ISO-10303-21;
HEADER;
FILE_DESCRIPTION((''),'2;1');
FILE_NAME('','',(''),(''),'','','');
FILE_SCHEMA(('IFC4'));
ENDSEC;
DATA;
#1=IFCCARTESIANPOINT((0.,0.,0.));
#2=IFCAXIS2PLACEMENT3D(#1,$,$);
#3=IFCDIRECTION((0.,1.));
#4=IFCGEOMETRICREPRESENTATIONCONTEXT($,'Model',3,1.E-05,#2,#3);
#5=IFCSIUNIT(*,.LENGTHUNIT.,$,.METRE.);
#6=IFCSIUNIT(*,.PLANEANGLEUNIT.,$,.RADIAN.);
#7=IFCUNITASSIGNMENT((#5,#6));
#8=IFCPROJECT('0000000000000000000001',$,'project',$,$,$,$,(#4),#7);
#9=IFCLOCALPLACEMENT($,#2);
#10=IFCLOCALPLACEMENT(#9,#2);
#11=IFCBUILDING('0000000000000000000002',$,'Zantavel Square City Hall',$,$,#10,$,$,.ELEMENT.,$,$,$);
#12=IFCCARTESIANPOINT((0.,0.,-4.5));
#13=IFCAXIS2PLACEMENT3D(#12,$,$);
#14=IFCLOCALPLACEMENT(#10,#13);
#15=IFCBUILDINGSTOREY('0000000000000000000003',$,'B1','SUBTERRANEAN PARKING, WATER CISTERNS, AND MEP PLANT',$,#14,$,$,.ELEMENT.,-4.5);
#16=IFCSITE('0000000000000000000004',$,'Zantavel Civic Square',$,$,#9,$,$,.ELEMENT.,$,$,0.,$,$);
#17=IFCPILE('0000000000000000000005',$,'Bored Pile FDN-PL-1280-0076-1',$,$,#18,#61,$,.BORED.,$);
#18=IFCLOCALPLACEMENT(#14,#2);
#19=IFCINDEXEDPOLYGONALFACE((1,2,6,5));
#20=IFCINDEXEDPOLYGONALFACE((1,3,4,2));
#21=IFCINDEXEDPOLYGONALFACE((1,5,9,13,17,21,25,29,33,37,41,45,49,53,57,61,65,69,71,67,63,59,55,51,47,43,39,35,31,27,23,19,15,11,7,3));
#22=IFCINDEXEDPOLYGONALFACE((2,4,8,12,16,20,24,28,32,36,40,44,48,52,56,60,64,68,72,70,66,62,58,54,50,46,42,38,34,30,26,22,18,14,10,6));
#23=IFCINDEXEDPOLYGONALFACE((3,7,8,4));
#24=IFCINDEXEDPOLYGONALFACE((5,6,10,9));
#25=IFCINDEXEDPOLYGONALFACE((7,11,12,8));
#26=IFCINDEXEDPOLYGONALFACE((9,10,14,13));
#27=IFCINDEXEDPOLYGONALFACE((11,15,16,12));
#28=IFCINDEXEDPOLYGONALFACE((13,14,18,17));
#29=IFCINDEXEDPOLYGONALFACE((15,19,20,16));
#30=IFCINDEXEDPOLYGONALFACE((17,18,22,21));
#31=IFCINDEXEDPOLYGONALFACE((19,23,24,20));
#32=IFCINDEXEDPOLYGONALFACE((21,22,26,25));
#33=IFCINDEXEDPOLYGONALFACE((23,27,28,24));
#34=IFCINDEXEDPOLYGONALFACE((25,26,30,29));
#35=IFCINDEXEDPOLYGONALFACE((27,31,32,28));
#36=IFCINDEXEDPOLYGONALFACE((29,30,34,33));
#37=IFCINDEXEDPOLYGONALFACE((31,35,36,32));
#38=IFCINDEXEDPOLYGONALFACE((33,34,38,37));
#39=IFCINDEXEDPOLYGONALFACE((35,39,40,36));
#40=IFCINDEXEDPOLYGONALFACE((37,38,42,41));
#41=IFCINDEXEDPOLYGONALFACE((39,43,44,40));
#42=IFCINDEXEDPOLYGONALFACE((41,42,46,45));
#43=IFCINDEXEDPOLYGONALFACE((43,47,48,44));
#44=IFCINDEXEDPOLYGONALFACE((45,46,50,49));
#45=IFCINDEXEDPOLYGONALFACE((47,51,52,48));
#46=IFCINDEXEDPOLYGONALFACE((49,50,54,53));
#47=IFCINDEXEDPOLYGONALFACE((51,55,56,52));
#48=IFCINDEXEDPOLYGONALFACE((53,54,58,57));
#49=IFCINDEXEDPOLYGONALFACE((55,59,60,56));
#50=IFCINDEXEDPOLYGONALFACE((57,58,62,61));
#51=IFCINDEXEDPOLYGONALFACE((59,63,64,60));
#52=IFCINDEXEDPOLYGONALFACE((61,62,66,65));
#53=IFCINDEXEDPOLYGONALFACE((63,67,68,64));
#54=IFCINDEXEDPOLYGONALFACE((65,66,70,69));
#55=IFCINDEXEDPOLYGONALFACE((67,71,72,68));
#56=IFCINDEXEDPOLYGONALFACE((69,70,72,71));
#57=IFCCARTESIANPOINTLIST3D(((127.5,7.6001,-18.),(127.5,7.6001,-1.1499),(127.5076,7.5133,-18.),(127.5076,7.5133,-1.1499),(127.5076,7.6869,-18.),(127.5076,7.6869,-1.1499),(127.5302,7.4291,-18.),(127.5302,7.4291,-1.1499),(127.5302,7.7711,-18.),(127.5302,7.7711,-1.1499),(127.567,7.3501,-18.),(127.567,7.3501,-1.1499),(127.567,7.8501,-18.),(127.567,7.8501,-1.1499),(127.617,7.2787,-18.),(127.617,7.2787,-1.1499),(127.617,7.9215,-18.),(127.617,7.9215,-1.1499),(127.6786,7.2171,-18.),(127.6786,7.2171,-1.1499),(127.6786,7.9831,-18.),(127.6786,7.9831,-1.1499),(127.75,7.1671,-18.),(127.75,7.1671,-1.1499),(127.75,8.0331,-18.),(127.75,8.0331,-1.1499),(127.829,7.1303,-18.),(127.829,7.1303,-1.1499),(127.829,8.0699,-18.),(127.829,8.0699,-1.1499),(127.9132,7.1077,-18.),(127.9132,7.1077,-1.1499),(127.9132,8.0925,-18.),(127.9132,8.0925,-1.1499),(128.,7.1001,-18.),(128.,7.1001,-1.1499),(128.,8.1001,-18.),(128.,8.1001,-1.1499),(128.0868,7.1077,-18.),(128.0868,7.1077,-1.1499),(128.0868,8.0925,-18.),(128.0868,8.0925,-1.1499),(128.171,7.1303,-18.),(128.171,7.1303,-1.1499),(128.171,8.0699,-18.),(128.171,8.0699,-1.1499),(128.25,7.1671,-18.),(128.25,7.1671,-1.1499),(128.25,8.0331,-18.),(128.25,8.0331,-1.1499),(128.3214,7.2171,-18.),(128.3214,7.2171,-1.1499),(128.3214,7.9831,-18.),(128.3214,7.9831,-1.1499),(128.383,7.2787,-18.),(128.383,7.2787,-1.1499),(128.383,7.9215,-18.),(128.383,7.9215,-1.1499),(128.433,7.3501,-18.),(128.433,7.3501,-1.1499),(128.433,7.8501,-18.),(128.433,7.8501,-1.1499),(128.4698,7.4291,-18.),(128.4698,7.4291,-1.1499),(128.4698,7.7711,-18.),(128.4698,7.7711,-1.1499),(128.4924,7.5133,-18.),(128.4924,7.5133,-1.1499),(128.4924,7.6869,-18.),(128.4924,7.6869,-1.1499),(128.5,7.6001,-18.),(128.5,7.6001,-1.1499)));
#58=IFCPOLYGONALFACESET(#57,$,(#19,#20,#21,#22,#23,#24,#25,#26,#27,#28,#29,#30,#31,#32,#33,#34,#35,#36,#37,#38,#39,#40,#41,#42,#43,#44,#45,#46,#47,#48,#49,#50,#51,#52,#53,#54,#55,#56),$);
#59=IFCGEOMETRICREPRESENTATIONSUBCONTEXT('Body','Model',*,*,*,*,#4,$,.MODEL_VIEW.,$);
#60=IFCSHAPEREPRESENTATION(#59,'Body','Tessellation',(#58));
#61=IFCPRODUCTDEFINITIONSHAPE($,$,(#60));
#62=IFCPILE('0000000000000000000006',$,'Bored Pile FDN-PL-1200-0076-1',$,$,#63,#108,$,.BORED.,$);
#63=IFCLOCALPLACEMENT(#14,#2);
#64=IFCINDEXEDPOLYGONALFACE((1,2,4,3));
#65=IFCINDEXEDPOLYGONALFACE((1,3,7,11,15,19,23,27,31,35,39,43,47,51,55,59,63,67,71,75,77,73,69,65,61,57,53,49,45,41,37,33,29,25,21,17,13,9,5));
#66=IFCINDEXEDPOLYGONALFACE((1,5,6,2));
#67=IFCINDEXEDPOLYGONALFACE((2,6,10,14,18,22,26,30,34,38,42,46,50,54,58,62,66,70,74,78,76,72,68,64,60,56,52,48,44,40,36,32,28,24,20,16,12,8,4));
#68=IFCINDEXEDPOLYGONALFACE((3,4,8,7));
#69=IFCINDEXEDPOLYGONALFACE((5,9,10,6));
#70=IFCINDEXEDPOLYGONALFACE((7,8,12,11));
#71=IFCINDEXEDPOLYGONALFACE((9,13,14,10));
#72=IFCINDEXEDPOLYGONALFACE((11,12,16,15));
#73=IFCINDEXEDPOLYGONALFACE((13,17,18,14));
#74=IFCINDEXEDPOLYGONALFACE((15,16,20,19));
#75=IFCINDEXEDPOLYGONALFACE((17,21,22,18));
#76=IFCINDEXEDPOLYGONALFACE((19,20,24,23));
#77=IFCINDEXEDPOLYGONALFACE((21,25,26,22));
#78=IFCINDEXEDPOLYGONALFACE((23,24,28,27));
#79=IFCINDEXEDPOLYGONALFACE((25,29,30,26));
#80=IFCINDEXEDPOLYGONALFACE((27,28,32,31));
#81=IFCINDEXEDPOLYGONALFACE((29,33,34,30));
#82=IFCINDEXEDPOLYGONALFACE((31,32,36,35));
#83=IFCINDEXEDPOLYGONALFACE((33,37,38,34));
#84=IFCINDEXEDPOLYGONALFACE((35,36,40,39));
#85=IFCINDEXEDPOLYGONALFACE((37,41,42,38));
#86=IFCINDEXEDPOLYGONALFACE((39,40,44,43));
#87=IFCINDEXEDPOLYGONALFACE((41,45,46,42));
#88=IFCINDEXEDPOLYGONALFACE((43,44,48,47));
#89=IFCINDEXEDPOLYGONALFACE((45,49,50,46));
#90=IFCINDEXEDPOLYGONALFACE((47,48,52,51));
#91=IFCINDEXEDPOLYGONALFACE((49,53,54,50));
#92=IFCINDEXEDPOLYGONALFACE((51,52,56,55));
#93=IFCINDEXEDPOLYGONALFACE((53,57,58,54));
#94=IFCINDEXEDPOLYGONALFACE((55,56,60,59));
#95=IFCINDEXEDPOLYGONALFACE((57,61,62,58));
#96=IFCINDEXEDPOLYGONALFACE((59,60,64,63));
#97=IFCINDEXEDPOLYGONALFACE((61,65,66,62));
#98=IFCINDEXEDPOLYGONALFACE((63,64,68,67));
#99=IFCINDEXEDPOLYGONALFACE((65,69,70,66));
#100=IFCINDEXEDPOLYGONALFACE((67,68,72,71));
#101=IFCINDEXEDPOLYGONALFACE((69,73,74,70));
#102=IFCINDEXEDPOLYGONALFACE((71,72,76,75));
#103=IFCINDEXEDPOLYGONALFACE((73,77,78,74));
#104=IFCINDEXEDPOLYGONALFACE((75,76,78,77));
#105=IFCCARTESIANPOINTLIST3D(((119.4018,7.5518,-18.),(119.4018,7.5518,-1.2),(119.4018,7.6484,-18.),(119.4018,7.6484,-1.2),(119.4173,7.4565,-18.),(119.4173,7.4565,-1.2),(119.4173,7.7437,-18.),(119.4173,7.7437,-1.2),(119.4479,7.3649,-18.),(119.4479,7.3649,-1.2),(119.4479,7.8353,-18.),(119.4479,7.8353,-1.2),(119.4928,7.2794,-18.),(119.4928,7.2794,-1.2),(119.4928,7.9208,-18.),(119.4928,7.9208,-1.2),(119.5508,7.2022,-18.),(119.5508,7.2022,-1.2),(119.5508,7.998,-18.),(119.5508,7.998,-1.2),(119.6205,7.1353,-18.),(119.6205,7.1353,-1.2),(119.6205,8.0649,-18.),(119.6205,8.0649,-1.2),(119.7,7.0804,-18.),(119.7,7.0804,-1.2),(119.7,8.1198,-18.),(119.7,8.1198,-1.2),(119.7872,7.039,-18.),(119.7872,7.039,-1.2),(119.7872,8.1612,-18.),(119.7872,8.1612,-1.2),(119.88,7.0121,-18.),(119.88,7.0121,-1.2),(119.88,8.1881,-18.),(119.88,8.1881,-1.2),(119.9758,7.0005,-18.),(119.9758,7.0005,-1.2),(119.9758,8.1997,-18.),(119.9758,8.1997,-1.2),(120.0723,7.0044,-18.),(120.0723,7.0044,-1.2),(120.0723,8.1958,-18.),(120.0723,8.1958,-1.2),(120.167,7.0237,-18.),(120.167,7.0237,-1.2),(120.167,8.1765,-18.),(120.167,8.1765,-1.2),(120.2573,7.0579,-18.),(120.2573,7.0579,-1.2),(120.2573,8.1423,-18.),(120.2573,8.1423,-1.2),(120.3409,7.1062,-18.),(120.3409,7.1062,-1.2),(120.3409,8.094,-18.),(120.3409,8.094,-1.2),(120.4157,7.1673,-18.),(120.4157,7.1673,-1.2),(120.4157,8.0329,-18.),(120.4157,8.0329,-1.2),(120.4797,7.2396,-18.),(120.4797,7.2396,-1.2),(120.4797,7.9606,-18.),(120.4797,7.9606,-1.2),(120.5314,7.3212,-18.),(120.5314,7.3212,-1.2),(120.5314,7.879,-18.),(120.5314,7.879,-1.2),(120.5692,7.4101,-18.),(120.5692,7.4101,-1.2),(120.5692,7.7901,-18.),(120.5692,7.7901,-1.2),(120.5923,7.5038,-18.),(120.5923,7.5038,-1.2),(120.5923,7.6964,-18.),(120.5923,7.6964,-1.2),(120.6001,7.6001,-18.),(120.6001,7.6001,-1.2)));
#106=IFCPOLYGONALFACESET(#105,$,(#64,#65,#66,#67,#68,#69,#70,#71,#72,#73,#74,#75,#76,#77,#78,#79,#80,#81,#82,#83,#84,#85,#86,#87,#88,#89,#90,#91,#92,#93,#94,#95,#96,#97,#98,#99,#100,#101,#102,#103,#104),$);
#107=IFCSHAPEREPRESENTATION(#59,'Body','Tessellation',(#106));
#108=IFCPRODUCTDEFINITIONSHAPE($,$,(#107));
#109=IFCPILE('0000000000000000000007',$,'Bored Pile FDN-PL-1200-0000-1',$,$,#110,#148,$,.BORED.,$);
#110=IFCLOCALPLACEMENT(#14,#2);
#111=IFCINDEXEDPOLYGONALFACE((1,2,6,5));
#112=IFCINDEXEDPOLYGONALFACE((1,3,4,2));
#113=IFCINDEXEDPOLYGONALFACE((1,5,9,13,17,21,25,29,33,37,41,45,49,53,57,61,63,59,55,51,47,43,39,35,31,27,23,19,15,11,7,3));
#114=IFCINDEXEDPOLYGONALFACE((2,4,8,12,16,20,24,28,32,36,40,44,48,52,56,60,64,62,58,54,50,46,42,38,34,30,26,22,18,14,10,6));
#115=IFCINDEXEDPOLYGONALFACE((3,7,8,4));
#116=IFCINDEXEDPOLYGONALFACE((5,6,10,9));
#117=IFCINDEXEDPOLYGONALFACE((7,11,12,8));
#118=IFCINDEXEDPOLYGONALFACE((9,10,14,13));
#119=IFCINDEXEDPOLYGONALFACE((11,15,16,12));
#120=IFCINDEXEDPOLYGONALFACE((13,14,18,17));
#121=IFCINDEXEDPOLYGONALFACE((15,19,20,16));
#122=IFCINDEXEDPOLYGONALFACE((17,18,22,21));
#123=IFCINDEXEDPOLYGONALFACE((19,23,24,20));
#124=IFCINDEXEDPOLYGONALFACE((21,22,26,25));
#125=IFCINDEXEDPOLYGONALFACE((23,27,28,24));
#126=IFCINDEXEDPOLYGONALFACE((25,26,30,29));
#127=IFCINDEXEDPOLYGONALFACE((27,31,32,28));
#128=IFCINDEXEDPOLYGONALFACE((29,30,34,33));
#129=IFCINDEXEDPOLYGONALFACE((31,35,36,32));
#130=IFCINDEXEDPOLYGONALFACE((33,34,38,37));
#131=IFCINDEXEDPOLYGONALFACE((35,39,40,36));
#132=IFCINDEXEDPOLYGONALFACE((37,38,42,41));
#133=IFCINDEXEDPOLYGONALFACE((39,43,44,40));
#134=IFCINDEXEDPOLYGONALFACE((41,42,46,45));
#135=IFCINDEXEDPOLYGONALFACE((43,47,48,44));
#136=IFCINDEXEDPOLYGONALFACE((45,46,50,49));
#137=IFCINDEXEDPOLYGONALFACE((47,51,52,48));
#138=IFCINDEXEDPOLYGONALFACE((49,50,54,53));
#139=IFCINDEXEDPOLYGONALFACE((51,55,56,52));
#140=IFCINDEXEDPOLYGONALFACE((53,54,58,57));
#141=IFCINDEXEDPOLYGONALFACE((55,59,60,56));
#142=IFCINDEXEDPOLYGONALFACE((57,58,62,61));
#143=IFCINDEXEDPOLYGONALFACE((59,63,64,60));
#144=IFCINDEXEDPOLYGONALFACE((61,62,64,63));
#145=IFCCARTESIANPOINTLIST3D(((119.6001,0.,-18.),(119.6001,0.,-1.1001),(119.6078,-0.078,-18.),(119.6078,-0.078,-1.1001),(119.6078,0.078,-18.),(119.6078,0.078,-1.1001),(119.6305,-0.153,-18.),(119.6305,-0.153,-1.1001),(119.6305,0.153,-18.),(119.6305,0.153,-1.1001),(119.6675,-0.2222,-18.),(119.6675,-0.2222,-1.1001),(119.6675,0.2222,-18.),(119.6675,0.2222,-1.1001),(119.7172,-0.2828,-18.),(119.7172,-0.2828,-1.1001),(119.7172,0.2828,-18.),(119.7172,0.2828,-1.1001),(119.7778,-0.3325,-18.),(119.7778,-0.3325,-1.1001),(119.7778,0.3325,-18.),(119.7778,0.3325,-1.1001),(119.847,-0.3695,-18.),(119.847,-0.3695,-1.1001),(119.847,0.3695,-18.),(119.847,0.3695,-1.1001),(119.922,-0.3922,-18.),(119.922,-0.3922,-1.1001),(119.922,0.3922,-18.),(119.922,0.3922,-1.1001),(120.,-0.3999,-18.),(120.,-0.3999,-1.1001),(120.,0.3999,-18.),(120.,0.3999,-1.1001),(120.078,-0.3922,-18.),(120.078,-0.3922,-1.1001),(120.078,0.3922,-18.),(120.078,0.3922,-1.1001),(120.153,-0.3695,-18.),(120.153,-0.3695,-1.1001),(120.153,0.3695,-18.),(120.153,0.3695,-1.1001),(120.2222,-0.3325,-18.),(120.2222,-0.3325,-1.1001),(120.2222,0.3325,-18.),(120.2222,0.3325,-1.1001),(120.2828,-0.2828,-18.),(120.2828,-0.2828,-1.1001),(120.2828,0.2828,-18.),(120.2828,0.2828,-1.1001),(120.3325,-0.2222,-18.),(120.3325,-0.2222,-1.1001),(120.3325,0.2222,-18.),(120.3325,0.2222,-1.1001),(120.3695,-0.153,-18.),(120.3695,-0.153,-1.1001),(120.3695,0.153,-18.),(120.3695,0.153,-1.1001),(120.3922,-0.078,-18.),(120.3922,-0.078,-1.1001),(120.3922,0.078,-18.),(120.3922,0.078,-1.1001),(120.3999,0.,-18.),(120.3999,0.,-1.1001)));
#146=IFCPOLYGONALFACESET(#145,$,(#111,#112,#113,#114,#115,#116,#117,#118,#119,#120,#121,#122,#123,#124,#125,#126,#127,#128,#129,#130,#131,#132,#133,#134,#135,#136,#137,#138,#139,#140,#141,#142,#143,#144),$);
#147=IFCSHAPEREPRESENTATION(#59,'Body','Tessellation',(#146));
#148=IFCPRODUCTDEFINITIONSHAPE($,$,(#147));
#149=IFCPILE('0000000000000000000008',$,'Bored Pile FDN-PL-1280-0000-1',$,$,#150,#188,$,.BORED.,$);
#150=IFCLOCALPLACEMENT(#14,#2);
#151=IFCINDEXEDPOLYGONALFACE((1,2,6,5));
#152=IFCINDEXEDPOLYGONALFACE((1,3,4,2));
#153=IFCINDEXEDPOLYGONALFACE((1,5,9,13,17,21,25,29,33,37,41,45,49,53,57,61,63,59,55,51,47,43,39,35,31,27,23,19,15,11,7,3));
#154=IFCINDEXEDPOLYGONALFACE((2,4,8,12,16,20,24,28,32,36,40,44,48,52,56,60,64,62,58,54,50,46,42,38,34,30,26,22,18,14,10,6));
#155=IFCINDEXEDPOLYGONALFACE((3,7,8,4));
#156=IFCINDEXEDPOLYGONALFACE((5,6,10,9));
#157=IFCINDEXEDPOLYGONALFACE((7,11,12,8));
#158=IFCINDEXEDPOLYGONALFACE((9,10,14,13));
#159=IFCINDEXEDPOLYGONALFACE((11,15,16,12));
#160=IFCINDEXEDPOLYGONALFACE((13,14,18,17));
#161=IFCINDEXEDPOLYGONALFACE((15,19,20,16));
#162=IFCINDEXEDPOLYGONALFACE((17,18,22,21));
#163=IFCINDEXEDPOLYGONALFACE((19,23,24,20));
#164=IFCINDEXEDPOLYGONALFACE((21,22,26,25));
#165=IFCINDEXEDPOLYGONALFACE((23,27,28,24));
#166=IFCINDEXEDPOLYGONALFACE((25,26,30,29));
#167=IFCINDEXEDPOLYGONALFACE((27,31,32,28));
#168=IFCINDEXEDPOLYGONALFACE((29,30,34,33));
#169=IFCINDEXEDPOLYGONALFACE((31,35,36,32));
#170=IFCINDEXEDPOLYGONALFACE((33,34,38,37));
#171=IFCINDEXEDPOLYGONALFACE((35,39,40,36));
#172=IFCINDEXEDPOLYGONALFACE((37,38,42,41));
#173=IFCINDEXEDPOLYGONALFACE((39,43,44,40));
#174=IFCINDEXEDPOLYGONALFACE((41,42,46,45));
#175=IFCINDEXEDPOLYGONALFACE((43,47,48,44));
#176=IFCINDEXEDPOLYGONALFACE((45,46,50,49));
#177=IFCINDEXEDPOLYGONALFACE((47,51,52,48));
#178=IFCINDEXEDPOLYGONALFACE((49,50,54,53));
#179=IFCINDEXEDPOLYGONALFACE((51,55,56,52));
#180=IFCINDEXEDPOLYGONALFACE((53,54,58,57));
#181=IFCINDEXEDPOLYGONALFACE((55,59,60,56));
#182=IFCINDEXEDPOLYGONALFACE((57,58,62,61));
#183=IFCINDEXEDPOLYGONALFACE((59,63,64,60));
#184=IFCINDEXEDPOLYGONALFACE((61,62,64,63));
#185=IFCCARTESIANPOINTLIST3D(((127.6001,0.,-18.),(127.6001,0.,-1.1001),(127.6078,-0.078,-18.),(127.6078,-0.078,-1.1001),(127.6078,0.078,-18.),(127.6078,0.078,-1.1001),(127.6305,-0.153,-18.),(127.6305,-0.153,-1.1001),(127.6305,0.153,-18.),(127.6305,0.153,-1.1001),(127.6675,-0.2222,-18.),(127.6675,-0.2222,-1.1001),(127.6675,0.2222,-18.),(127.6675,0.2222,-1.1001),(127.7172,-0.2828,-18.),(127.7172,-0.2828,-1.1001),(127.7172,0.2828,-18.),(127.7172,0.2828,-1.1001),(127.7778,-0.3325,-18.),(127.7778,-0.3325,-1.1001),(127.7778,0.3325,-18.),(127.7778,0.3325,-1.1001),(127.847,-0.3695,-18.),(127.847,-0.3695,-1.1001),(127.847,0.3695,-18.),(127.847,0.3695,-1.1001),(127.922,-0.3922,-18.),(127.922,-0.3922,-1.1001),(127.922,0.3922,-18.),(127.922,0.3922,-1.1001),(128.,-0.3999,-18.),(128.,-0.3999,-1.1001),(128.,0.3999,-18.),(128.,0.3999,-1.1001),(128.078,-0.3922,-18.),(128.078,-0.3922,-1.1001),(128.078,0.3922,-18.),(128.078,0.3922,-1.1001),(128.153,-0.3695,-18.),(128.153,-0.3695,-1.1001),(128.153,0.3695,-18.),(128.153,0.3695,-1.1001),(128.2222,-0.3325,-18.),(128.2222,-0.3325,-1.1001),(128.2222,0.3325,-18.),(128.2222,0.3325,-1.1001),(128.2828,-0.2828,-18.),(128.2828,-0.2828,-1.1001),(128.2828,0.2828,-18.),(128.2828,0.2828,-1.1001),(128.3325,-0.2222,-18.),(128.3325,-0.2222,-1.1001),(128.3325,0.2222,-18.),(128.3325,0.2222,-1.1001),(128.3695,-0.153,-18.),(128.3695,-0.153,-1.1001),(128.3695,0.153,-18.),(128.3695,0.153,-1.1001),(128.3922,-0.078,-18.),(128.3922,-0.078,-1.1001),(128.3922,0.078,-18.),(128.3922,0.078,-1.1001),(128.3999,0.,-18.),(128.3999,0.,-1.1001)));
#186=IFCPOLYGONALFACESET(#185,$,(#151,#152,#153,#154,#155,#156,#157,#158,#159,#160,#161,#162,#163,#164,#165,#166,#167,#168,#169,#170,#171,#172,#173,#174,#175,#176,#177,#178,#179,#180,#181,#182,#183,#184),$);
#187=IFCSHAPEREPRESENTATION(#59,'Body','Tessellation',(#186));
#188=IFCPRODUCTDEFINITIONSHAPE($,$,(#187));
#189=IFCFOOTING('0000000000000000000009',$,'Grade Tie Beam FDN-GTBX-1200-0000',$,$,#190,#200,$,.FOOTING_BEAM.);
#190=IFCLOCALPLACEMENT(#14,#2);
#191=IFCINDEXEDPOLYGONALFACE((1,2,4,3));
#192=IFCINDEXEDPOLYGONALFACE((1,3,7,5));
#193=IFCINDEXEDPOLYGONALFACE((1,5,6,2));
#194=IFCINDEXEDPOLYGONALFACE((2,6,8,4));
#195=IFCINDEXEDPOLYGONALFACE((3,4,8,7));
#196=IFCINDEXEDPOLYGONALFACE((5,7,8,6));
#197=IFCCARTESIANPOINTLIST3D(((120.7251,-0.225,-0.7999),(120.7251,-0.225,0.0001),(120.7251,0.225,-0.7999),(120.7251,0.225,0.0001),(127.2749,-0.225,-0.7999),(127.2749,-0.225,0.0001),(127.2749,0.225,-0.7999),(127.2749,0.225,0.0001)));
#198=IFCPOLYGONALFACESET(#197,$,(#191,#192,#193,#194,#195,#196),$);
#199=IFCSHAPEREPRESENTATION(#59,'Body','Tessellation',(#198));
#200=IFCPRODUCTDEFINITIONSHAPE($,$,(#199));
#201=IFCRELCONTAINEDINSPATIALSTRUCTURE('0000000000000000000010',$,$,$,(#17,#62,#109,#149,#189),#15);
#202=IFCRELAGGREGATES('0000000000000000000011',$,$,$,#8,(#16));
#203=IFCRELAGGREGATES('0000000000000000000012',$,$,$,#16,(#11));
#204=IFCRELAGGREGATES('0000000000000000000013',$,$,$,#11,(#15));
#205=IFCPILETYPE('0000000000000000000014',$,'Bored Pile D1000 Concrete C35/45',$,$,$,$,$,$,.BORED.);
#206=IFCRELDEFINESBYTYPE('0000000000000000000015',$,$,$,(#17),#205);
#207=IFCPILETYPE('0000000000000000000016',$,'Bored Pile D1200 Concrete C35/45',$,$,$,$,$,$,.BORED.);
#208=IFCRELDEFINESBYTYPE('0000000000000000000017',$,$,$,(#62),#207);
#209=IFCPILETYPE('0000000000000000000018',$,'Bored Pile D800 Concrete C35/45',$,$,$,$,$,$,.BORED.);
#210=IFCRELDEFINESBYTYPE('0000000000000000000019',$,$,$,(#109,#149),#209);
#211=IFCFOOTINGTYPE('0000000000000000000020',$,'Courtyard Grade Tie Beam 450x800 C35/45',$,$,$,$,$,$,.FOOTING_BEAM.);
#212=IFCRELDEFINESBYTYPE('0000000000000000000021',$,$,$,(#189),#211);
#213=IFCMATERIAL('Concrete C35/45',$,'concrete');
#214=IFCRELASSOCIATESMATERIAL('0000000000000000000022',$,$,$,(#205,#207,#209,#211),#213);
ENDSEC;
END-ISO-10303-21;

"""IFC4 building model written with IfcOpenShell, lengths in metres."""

from ifc_helpers import new_model, si_unit, direction, frame, origin, origin_2d, place, context, subcontext, project, spatial, rectangle, circle, extrude, material, material_profile, profile_set, type_object, element, save


model = new_model("IFC4")

# Units and contexts
model_context = context("Model", 3, precision=1e-05, world=origin(), true_north=direction((0.0, 1.0)))
body_context = subcontext(model_context, "Body", "Model", "MODEL_VIEW")
ifc_project = project(units=[si_unit("LENGTHUNIT", "METRE"), si_unit("PLANEANGLEUNIT", "RADIAN")], contexts=[model_context])

# Site, building, storey
site_placement = place(None, origin())
site = spatial("IfcSite", under=ifc_project, at=site_placement, Name="Zantavel Civic Square", CompositionType="ELEMENT", RefElevation=0.0)
building_placement = place(site_placement, origin())
building = spatial("IfcBuilding", under=site, at=building_placement, Name="Zantavel Square City Hall", CompositionType="ELEMENT")
storey_placement = place(building_placement, frame((0.0, 0.0, -4.5)))
storey = spatial("IfcBuildingStorey", under=building, at=storey_placement, Name="B1", Description="SUBTERRANEAN PARKING, WATER CISTERNS, AND MEP PLANT", CompositionType="ELEMENT", Elevation=-4.5)

# Piles
ifc_material_1 = material(Name="Concrete C35/45", Category="concrete")
ifc_material_profile_1 = material_profile(ifc_material_1, circle(Radius=0.5, at=origin_2d()), Name="PILE D1000")
ifc_profile_set_1 = profile_set([ifc_material_profile_1], Name="Concrete C35/45")
pile_type_1 = type_object("IfcPileType", Name="Bored Pile D1000 Concrete C35/45", PredefinedType="BORED", material=ifc_profile_set_1)
pile_1_placement = place(storey_placement, frame((128.0, 7.6001, -1.1499), z_axis=(0.0, 0.0, -1.0), x_axis=(1.0, 0.0, 0.0)))
element("IfcPile", 1, at=pile_1_placement, inside=storey, type_object=pile_type_1, Name="Bored Pile FDN-PL-1280-0076-1", PredefinedType="BORED", context=body_context, shape_type="SweptSolid", body=[
    extrude(circle(Radius=0.5, at=origin_2d()), origin(), (0.0, 0.0, 1.0), 16.8501),
])
ifc_material_profile_2 = material_profile(ifc_material_1, circle(Radius=0.6001, at=origin_2d()), Name="PILE D1200")
ifc_profile_set_2 = profile_set([ifc_material_profile_2], Name="Concrete C35/45")
pile_type_2 = type_object("IfcPileType", Name="Bored Pile D1200 Concrete C35/45", PredefinedType="BORED", material=ifc_profile_set_2)
pile_2_placement = place(storey_placement, frame((120.0, 7.6001, -1.2), z_axis=(0.0, 0.0, -1.0), x_axis=(1.0, 0.0, 0.0)))
element("IfcPile", 2, at=pile_2_placement, inside=storey, type_object=pile_type_2, Name="Bored Pile FDN-PL-1200-0076-1", PredefinedType="BORED", context=body_context, shape_type="SweptSolid", body=[
    extrude(circle(Radius=0.6001, at=origin_2d()), origin(), (0.0, 0.0, 1.0), 16.8),
])
ifc_material_profile_3 = material_profile(ifc_material_1, circle(Radius=0.3999, at=origin_2d()), Name="PILE D800")
ifc_profile_set_3 = profile_set([ifc_material_profile_3], Name="Concrete C35/45")
pile_type_3 = type_object("IfcPileType", Name="Bored Pile D800 Concrete C35/45", PredefinedType="BORED", material=ifc_profile_set_3)
for number, where, z_axis, x_axis, name in (
    (3, (120.0, 0.0, -1.1001), (0.0, 0.0, -1.0), (1.0, 0.0, 0.0), "Bored Pile FDN-PL-1200-0000-1"),
    (4, (128.0, 0.0, -1.1001), (0.0, 0.0, -1.0), (1.0, 0.0, 0.0), "Bored Pile FDN-PL-1280-0000-1"),
):
    element("IfcPile", number, at=place(storey_placement, frame(where, z_axis=z_axis, x_axis=x_axis)), inside=storey, type_object=pile_type_3, Name=name, PredefinedType="BORED", context=body_context, shape_type="SweptSolid", body=[
        extrude(circle(Radius=0.3999, at=origin_2d()), origin(), (0.0, 0.0, 1.0), 16.8999),
    ])

# Footing
ifc_material_profile_4 = material_profile(ifc_material_1, rectangle(XDim=0.45, YDim=0.8, at=origin_2d()), Name="RC 450x800")
ifc_profile_set_4 = profile_set([ifc_material_profile_4], Name="Concrete C35/45")
footing_type_1 = type_object("IfcFootingType", Name="Courtyard Grade Tie Beam 450x800 C35/45", PredefinedType="FOOTING_BEAM", material=ifc_profile_set_4)
footing_1_placement = place(storey_placement, frame((120.7251, 0.0, -0.3999), z_axis=(1.0, 0.0, 0.0), x_axis=(0.0, 1.0, 0.0)))
element("IfcFooting", 5, at=footing_1_placement, inside=storey, type_object=footing_type_1, Name="Grade Tie Beam FDN-GTBX-1200-0000", PredefinedType="FOOTING_BEAM", context=body_context, shape_type="SweptSolid", body=[
    extrude(rectangle(XDim=0.45, YDim=0.8, at=origin_2d()), origin(), (0.0, 0.0, 1.0), 6.5498),
])

save(model, "model.ifc")
